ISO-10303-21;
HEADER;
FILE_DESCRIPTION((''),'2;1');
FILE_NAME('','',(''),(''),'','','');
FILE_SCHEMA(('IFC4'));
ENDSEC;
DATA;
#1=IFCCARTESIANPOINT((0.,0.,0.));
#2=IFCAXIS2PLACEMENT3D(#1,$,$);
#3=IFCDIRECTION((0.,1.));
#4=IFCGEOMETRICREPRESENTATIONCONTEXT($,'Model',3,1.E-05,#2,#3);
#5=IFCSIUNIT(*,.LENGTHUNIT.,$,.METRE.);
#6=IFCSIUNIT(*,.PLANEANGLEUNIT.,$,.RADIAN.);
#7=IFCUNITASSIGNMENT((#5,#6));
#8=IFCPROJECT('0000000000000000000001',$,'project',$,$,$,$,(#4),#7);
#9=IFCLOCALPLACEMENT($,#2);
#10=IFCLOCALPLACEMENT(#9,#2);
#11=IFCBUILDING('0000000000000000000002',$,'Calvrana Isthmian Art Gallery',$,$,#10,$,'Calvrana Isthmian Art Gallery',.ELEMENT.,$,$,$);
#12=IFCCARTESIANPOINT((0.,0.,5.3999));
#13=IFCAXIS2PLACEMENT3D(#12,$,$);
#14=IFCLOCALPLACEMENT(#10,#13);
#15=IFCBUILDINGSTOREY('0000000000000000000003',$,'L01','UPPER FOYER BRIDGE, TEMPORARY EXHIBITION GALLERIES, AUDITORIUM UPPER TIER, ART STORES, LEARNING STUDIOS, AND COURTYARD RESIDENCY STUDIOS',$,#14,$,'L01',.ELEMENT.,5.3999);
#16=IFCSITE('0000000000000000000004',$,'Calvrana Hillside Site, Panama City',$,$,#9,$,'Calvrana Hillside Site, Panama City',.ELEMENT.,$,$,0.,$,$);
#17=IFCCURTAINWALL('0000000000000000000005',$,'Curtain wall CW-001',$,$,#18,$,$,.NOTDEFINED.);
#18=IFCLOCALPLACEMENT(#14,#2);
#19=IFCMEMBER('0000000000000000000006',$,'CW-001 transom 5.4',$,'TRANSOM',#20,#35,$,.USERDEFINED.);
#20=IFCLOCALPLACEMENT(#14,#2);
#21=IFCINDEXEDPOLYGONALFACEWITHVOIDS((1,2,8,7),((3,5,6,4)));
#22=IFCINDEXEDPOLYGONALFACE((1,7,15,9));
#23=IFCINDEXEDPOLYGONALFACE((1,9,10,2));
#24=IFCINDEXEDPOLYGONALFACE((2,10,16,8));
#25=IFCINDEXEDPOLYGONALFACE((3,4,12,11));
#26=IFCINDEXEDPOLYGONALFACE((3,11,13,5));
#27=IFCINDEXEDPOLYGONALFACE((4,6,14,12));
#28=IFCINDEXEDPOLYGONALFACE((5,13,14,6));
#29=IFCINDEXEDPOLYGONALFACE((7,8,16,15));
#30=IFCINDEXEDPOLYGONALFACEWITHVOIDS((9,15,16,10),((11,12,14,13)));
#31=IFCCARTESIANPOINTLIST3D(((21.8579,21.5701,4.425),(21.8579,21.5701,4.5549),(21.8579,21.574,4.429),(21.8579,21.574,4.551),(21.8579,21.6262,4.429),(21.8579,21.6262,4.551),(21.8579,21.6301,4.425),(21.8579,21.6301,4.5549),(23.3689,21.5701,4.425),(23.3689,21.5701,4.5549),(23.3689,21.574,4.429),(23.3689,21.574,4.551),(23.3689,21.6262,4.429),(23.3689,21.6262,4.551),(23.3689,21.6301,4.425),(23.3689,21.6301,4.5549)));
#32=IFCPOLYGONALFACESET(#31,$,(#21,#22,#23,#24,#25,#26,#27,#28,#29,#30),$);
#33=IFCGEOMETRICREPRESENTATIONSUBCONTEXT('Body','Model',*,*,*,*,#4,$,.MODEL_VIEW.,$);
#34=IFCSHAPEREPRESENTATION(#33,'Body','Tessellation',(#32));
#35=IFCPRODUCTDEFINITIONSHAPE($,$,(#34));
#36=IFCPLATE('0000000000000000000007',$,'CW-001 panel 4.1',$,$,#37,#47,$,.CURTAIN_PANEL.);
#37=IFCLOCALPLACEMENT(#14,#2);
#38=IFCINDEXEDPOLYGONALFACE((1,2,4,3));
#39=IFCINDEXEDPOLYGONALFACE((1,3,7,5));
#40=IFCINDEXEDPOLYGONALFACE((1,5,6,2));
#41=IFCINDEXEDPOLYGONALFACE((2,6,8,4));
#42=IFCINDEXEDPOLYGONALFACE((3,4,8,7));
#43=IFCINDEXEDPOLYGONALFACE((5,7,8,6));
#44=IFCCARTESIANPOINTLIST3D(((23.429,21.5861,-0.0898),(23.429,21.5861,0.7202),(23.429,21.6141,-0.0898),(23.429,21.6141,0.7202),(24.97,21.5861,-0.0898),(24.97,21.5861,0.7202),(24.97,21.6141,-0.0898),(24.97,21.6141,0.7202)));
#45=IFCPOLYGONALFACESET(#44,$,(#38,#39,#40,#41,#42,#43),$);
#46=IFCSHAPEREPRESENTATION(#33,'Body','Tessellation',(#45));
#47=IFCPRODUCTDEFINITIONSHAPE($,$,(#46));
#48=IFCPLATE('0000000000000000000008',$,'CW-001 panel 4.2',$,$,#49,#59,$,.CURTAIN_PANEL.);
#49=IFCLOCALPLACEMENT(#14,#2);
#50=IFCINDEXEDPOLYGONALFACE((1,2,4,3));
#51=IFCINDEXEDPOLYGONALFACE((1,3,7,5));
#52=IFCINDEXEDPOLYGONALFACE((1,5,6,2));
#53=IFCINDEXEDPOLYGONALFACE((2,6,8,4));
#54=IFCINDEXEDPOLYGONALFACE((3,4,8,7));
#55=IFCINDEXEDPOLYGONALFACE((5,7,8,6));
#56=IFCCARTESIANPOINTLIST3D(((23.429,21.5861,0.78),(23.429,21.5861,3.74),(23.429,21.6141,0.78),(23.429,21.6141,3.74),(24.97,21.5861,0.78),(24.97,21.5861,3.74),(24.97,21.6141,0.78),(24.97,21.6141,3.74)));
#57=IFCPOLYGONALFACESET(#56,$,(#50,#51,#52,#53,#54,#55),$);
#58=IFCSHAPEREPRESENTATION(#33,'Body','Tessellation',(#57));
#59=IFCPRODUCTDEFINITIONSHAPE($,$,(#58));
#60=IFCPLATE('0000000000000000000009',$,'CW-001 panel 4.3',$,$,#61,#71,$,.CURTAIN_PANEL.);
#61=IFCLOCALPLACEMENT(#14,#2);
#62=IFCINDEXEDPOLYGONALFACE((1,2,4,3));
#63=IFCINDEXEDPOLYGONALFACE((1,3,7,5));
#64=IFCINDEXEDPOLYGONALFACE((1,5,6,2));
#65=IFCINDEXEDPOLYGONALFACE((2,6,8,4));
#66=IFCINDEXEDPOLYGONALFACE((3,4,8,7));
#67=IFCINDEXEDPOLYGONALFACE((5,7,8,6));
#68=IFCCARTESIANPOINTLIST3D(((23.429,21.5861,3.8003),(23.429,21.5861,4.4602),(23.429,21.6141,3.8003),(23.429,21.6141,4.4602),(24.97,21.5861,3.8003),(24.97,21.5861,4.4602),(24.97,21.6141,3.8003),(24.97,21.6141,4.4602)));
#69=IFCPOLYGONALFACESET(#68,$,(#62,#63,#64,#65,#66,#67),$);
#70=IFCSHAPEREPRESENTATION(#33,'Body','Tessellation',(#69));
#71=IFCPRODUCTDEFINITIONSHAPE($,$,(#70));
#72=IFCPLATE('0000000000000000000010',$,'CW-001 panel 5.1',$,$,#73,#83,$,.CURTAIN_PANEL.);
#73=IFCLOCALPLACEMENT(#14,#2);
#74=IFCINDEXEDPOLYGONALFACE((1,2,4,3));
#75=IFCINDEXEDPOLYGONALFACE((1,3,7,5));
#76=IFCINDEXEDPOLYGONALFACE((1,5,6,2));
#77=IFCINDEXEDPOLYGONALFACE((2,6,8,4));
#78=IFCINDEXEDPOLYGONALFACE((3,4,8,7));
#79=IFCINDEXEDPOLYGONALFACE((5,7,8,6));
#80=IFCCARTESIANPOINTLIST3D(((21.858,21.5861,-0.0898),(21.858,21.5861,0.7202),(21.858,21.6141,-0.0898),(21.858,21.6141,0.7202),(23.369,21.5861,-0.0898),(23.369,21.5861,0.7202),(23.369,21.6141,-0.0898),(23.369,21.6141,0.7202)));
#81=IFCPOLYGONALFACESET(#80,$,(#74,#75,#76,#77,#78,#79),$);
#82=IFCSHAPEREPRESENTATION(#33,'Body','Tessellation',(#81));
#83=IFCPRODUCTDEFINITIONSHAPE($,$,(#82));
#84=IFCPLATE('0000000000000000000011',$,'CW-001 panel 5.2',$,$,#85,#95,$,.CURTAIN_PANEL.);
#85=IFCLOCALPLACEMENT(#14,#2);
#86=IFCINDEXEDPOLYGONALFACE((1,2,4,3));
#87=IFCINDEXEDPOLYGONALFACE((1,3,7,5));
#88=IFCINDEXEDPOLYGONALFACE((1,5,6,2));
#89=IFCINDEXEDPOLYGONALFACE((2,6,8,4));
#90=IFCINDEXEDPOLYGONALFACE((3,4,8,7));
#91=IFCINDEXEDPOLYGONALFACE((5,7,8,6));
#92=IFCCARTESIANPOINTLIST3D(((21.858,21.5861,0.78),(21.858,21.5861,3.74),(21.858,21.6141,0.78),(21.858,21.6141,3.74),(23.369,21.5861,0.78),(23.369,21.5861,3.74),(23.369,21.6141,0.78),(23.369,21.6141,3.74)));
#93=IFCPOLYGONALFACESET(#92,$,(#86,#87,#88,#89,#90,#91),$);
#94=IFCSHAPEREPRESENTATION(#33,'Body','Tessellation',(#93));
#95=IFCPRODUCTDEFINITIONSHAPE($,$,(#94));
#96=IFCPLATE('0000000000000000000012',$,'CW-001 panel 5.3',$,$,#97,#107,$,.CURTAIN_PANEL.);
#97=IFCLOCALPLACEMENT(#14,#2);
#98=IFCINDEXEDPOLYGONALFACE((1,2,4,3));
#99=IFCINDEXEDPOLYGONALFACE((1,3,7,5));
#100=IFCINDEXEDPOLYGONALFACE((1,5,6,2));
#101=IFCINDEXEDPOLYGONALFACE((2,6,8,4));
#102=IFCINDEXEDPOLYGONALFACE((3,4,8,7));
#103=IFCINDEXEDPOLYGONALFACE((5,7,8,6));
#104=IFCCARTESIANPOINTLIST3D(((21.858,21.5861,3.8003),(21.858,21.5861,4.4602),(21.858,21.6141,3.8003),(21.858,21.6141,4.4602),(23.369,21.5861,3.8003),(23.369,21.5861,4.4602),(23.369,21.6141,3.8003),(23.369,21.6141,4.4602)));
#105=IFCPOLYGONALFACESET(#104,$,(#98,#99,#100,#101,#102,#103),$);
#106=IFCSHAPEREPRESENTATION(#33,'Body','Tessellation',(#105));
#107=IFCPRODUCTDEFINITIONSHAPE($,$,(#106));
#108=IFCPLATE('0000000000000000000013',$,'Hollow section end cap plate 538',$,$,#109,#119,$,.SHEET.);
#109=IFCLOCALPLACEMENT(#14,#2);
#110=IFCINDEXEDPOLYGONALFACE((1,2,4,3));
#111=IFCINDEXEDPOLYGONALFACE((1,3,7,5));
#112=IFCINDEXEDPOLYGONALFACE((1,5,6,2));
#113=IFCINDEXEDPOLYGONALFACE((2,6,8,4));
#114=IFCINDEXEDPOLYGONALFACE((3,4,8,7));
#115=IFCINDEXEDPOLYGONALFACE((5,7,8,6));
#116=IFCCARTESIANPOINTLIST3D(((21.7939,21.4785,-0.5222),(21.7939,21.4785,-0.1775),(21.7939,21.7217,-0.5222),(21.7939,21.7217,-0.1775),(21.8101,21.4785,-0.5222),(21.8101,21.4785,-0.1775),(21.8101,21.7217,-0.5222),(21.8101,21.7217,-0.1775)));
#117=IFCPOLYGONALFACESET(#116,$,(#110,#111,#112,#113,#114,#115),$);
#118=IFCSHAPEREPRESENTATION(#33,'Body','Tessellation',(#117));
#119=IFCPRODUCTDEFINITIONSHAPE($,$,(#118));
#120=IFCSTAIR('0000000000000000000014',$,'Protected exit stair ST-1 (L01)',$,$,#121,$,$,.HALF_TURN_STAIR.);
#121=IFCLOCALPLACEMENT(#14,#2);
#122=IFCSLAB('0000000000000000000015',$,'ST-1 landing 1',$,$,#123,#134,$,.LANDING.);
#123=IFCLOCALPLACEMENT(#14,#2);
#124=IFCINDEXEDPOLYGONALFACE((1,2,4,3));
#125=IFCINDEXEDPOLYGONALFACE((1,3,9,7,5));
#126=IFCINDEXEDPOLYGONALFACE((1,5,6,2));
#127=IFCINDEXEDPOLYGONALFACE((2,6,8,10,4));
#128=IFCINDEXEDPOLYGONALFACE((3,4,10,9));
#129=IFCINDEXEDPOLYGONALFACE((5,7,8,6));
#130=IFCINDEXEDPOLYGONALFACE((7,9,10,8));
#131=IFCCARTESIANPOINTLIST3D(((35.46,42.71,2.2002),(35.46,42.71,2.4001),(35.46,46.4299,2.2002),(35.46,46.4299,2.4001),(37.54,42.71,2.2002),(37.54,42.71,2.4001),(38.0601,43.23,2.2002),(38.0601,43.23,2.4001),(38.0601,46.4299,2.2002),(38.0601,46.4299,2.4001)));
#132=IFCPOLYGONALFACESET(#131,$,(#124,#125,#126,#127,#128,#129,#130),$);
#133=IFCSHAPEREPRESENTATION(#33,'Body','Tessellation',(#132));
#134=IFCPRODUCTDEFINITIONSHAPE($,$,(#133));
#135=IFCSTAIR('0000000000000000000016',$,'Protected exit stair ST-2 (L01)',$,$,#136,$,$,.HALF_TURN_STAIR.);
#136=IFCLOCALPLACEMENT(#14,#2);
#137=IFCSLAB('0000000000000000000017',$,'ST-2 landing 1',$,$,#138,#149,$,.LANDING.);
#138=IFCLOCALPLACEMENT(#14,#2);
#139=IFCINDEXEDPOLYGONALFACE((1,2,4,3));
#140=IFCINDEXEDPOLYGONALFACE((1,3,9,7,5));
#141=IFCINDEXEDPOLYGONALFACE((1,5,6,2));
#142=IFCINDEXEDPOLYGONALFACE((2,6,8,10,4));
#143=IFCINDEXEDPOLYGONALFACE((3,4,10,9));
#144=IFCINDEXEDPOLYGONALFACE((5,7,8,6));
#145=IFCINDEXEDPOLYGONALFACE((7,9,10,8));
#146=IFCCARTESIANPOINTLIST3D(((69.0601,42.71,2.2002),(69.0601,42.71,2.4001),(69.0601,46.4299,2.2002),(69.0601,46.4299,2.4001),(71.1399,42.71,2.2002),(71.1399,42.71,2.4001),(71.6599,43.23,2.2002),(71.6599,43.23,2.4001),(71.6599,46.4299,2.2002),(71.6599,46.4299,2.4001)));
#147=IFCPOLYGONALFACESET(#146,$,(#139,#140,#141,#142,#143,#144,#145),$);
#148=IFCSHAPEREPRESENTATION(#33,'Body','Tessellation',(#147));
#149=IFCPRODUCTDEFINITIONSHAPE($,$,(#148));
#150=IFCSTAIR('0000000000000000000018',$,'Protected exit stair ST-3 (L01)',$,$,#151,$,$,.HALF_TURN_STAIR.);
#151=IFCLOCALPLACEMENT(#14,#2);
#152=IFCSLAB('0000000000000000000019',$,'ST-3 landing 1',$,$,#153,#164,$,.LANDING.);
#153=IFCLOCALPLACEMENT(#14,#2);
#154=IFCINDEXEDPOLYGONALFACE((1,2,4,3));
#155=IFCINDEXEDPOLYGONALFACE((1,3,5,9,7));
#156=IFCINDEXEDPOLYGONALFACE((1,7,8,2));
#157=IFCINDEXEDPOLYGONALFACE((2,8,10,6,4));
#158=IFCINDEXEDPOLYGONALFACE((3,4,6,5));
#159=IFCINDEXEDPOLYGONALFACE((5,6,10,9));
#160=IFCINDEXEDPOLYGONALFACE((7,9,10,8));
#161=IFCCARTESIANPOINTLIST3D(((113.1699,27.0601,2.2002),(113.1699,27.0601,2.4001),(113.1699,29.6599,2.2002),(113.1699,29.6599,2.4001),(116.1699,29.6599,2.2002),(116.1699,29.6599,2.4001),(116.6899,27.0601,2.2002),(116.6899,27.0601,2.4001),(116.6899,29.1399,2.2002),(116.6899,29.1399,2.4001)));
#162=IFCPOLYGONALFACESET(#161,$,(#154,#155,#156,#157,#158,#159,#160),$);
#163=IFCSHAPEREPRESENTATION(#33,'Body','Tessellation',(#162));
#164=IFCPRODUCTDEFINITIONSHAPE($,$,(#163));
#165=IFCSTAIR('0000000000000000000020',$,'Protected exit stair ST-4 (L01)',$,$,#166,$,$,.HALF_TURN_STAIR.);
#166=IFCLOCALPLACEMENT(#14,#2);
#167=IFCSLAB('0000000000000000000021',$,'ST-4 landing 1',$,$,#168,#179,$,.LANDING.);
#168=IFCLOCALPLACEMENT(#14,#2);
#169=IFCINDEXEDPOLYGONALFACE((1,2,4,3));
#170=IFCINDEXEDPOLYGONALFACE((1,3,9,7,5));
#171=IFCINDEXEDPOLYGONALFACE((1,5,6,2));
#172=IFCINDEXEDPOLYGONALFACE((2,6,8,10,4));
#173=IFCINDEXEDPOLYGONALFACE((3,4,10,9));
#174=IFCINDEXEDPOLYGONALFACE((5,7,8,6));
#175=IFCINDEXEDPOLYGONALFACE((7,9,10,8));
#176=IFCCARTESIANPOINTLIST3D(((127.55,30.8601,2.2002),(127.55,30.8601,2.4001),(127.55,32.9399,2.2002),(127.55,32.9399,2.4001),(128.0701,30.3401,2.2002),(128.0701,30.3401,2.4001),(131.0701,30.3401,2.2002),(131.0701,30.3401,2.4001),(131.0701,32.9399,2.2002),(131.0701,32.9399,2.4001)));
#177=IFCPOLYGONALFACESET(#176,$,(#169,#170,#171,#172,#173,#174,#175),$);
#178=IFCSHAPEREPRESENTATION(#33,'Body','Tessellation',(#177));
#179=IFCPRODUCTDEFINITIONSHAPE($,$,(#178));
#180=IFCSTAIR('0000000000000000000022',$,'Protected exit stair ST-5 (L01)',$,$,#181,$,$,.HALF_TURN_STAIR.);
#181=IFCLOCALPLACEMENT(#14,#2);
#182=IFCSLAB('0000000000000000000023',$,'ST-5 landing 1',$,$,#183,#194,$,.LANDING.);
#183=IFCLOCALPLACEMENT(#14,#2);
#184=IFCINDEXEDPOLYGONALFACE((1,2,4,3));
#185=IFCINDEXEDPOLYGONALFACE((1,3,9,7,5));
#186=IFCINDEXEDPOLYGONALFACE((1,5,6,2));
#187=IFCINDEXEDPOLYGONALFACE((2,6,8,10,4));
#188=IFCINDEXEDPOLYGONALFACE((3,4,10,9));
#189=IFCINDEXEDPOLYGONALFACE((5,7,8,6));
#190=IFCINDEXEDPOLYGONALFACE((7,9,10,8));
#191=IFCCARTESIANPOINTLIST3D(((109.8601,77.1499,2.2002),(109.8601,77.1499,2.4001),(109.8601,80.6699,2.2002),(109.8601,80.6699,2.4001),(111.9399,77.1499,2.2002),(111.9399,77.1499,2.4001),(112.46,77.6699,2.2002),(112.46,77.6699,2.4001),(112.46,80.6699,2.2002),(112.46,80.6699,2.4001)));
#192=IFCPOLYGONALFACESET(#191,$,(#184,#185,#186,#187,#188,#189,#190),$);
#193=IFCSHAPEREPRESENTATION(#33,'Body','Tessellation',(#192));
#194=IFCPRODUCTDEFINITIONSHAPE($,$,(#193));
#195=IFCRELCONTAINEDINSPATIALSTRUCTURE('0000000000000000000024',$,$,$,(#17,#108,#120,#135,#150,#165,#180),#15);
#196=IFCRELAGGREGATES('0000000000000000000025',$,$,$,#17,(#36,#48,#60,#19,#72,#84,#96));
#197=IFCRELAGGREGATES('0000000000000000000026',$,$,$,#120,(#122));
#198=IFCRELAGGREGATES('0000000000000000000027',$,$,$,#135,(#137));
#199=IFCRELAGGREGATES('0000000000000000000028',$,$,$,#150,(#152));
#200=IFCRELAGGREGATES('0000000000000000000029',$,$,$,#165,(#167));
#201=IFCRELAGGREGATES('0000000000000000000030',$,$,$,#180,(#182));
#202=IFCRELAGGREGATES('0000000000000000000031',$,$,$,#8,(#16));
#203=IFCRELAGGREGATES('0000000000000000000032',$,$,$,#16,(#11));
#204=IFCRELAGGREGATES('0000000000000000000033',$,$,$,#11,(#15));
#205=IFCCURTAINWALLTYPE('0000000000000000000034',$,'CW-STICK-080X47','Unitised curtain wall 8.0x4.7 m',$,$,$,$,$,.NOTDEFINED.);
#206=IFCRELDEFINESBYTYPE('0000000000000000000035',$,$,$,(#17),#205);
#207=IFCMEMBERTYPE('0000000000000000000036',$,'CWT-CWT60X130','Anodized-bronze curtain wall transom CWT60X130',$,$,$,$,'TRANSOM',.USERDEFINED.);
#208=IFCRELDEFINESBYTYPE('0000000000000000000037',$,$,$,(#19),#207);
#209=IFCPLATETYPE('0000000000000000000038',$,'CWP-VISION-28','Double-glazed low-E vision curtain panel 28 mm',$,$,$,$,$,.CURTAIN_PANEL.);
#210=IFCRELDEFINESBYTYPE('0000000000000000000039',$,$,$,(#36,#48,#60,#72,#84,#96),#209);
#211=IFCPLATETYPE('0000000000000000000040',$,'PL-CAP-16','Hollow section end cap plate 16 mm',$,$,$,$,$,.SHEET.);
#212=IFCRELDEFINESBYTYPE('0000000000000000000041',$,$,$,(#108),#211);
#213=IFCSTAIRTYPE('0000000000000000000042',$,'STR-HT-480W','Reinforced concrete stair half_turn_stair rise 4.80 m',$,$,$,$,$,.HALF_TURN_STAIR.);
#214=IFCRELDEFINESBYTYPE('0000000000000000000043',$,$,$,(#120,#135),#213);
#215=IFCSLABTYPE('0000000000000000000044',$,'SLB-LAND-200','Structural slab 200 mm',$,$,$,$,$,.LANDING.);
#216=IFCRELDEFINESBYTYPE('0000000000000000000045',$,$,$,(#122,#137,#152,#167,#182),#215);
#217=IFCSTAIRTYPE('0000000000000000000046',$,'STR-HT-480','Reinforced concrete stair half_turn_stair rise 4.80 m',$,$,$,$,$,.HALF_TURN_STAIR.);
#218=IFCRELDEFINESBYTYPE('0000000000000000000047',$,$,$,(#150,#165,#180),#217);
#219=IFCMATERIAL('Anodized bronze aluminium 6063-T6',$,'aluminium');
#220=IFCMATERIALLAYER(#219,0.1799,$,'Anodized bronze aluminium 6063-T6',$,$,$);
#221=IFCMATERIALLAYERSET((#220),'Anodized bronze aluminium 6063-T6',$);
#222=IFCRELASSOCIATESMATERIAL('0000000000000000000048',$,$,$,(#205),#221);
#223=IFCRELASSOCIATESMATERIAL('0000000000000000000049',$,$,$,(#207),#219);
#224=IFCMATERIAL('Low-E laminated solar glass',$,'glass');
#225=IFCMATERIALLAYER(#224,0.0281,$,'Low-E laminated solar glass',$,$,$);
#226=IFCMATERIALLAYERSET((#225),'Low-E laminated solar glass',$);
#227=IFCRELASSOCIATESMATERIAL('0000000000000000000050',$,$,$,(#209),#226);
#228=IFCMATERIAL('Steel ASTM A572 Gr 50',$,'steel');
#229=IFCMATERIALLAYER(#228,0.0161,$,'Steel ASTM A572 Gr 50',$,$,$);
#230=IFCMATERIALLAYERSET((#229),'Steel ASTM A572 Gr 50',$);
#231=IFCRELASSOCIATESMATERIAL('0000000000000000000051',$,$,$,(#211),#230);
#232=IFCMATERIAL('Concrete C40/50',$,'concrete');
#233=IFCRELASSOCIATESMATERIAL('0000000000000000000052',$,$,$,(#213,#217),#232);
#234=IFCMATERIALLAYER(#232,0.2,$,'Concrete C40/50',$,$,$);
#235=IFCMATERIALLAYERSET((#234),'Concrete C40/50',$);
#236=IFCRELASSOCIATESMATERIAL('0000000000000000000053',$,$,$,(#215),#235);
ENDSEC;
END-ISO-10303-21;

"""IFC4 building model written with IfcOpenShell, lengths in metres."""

from ifc_helpers import new_model, si_unit, direction, frame, origin, origin_2d, place, context, subcontext, project, spatial, polyline, rectangle, hollow_rectangle, outline, extrude, material, layer, layer_set, material_profile, profile_set, type_object, element, aggregate, save


model = new_model("IFC4")

# Units and contexts
model_context = context("Model", 3, precision=1e-05, world=origin(), true_north=direction((0.0, 1.0)))
body_context = subcontext(model_context, "Body", "Model", "MODEL_VIEW")
ifc_project = project(units=[si_unit("LENGTHUNIT", "METRE"), si_unit("PLANEANGLEUNIT", "RADIAN")], contexts=[model_context])

# Site, building, storey
site_placement = place(None, origin())
site = spatial("IfcSite", under=ifc_project, at=site_placement, Name="Calvrana Hillside Site, Panama City", LongName="Calvrana Hillside Site, Panama City", CompositionType="ELEMENT", RefElevation=0.0)
building_placement = place(site_placement, origin())
building = spatial("IfcBuilding", under=site, at=building_placement, Name="Calvrana Isthmian Art Gallery", LongName="Calvrana Isthmian Art Gallery", CompositionType="ELEMENT")
storey_placement = place(building_placement, frame((0.0, 0.0, 5.3999)))
storey = spatial("IfcBuildingStorey", under=building, at=storey_placement, Name="L01", Description="UPPER FOYER BRIDGE, TEMPORARY EXHIBITION GALLERIES, AUDITORIUM UPPER TIER, ART STORES, LEARNING STUDIOS, AND COURTYARD RESIDENCY STUDIOS", LongName="L01", CompositionType="ELEMENT", Elevation=5.3999)

# Curtain wall, member, plates
ifc_material_1 = material(Name="Anodized bronze aluminium 6063-T6", Category="aluminium")
ifc_layer_1 = layer(ifc_material_1, 0.1799, Name="Anodized bronze aluminium 6063-T6")
ifc_layer_set_1 = layer_set([ifc_layer_1], Name="Anodized bronze aluminium 6063-T6")
curtain_wall_type = type_object("IfcCurtainWallType", Name="CW-STICK-080X47", Description="Unitised curtain wall 8.0x4.7 m", PredefinedType="NOTDEFINED", material=ifc_layer_set_1)
curtain_wall_placement = place(storey_placement, origin())
curtain_wall = element("IfcCurtainWall", 1, at=curtain_wall_placement, inside=storey, type_object=curtain_wall_type, Name="Curtain wall CW-001", PredefinedType="NOTDEFINED")
ifc_material_profile_1 = material_profile(ifc_material_1, hollow_rectangle(XDim=0.0601, YDim=0.1299, WallThickness=0.0039, at=origin_2d()), Name="CWT60X130")
ifc_profile_set_1 = profile_set([ifc_material_profile_1], Name="Anodized bronze aluminium 6063-T6")
member_type_1 = type_object("IfcMemberType", Name="CWT-CWT60X130", Description="Anodized-bronze curtain wall transom CWT60X130", ElementType="TRANSOM", PredefinedType="USERDEFINED", material=ifc_profile_set_1)
member_1_placement = place(storey_placement, frame((23.3689, 21.6001, 4.49), z_axis=(-1.0, 0.0, 0.0), x_axis=(0.0, -1.0, 0.0)))
member_1 = element("IfcMember", 2, at=member_1_placement, type_object=member_type_1, Name="CW-001 transom 5.4", ObjectType="TRANSOM", PredefinedType="USERDEFINED", context=body_context, shape_type="SweptSolid", body=[
    extrude(hollow_rectangle(XDim=0.0601, YDim=0.1299, WallThickness=0.0039, at=origin_2d()), origin(), (0.0, 0.0, 1.0), 1.511),
])
ifc_material_2 = material(Name="Low-E laminated solar glass", Category="glass")
ifc_layer_2 = layer(ifc_material_2, 0.0281, Name="Low-E laminated solar glass")
ifc_layer_set_2 = layer_set([ifc_layer_2], Name="Low-E laminated solar glass")
plate_type_1 = type_object("IfcPlateType", Name="CWP-VISION-28", Description="Double-glazed low-E vision curtain panel 28 mm", PredefinedType="CURTAIN_PANEL", material=ifc_layer_set_2)
plate_1_placement = place(storey_placement, frame((24.1995, 21.6001, -0.0898), z_axis=(0.0, 0.0, 1.0), x_axis=(-1.0, 0.0, 0.0)))
plate_1 = element("IfcPlate", 3, at=plate_1_placement, type_object=plate_type_1, Name="CW-001 panel 4.1", PredefinedType="CURTAIN_PANEL", context=body_context, shape_type="SweptSolid", body=[
    extrude(rectangle(XDim=1.541, YDim=0.0281, at=origin_2d()), origin(), (0.0, 0.0, 1.0), 0.8101),
])
plate_2_placement = place(storey_placement, frame((24.1995, 21.6001, 0.78), z_axis=(0.0, 0.0, 1.0), x_axis=(-1.0, 0.0, 0.0)))
plate_2 = element("IfcPlate", 4, at=plate_2_placement, type_object=plate_type_1, Name="CW-001 panel 4.2", PredefinedType="CURTAIN_PANEL", context=body_context, shape_type="SweptSolid", body=[
    extrude(rectangle(XDim=1.541, YDim=0.0281, at=origin_2d()), origin(), (0.0, 0.0, 1.0), 2.96),
])
plate_3_placement = place(storey_placement, frame((24.1995, 21.6001, 3.8003), z_axis=(0.0, 0.0, 1.0), x_axis=(-1.0, 0.0, 0.0)))
plate_3 = element("IfcPlate", 5, at=plate_3_placement, type_object=plate_type_1, Name="CW-001 panel 4.3", PredefinedType="CURTAIN_PANEL", context=body_context, shape_type="SweptSolid", body=[
    extrude(rectangle(XDim=1.541, YDim=0.0281, at=origin_2d()), origin(), (0.0, 0.0, 1.0), 0.6599),
])
plate_4_placement = place(storey_placement, frame((22.6135, 21.6001, -0.0898), z_axis=(0.0, 0.0, 1.0), x_axis=(-1.0, 0.0, 0.0)))
plate_4 = element("IfcPlate", 6, at=plate_4_placement, type_object=plate_type_1, Name="CW-001 panel 5.1", PredefinedType="CURTAIN_PANEL", context=body_context, shape_type="SweptSolid", body=[
    extrude(rectangle(XDim=1.511, YDim=0.0281, at=origin_2d()), origin(), (0.0, 0.0, 1.0), 0.8101),
])
plate_5_placement = place(storey_placement, frame((22.6135, 21.6001, 0.78), z_axis=(0.0, 0.0, 1.0), x_axis=(-1.0, 0.0, 0.0)))
plate_5 = element("IfcPlate", 7, at=plate_5_placement, type_object=plate_type_1, Name="CW-001 panel 5.2", PredefinedType="CURTAIN_PANEL", context=body_context, shape_type="SweptSolid", body=[
    extrude(rectangle(XDim=1.511, YDim=0.0281, at=origin_2d()), origin(), (0.0, 0.0, 1.0), 2.96),
])
plate_6_placement = place(storey_placement, frame((22.6135, 21.6001, 3.8003), z_axis=(0.0, 0.0, 1.0), x_axis=(-1.0, 0.0, 0.0)))
plate_6 = element("IfcPlate", 8, at=plate_6_placement, type_object=plate_type_1, Name="CW-001 panel 5.3", PredefinedType="CURTAIN_PANEL", context=body_context, shape_type="SweptSolid", body=[
    extrude(rectangle(XDim=1.511, YDim=0.0281, at=origin_2d()), origin(), (0.0, 0.0, 1.0), 0.6599),
])
aggregate(curtain_wall, [plate_1, plate_2, plate_3, member_1, plate_4, plate_5, plate_6])

# Plate
ifc_material_3 = material(Name="Steel ASTM A572 Gr 50", Category="steel")
ifc_layer_3 = layer(ifc_material_3, 0.0161, Name="Steel ASTM A572 Gr 50")
ifc_layer_set_3 = layer_set([ifc_layer_3], Name="Steel ASTM A572 Gr 50")
plate_type_2 = type_object("IfcPlateType", Name="PL-CAP-16", Description="Hollow section end cap plate 16 mm", PredefinedType="SHEET", material=ifc_layer_set_3)
plate_7_placement = place(storey_placement, frame((21.802, 21.6001, -0.5222), z_axis=(0.0, 0.0, 1.0), x_axis=(1.0, 0.0, 0.0)))
element("IfcPlate", 9, at=plate_7_placement, inside=storey, type_object=plate_type_2, Name="Hollow section end cap plate 538", PredefinedType="SHEET", context=body_context, shape_type="SweptSolid", body=[
    extrude(rectangle(XDim=0.0161, YDim=0.2432, at=origin_2d()), origin(), (0.0, 0.0, 1.0), 0.3447),
])

# Stairs, slabs
ifc_material_4 = material(Name="Concrete C40/50", Category="concrete")
stair_type_1 = type_object("IfcStairType", Name="STR-HT-480W", Description="Reinforced concrete stair half_turn_stair rise 4.80 m", PredefinedType="HALF_TURN_STAIR", material=ifc_material_4)
stair_1_placement = place(storey_placement, origin())
stair_1 = element("IfcStair", 10, at=stair_1_placement, inside=storey, type_object=stair_type_1, Name="Protected exit stair ST-1 (L01)", PredefinedType="HALF_TURN_STAIR")
ifc_layer_4 = layer(ifc_material_4, 0.2, Name="Concrete C40/50")
ifc_layer_set_4 = layer_set([ifc_layer_4], Name="Concrete C40/50")
slab_type = type_object("IfcSlabType", Name="SLB-LAND-200", Description="Structural slab 200 mm", PredefinedType="LANDING", material=ifc_layer_set_4)
slab_1_placement = place(storey_placement, frame((0.0, 0.0, 2.2002)))
slab_1 = element("IfcSlab", 11, at=slab_1_placement, type_object=slab_type, Name="ST-1 landing 1", PredefinedType="LANDING", context=body_context, shape_type="SweptSolid", body=[
    extrude(outline(polyline([(35.46, 42.71), (37.54, 42.71), (38.0601, 43.23), (38.0601, 46.4299), (35.46, 46.4299), (35.46, 42.71)])), origin(), (0.0, 0.0, 1.0), 0.2),
])
aggregate(stair_1, [slab_1])
stair_2_placement = place(storey_placement, origin())
stair_2 = element("IfcStair", 12, at=stair_2_placement, inside=storey, type_object=stair_type_1, Name="Protected exit stair ST-2 (L01)", PredefinedType="HALF_TURN_STAIR")
slab_2_placement = place(storey_placement, frame((0.0, 0.0, 2.2002)))
slab_2 = element("IfcSlab", 13, at=slab_2_placement, type_object=slab_type, Name="ST-2 landing 1", PredefinedType="LANDING", context=body_context, shape_type="SweptSolid", body=[
    extrude(outline(polyline([(69.0601, 42.71), (71.1399, 42.71), (71.6599, 43.23), (71.6599, 46.4299), (69.0601, 46.4299), (69.0601, 42.71)])), origin(), (0.0, 0.0, 1.0), 0.2),
])
aggregate(stair_2, [slab_2])
stair_type_2 = type_object("IfcStairType", Name="STR-HT-480", Description="Reinforced concrete stair half_turn_stair rise 4.80 m", PredefinedType="HALF_TURN_STAIR", material=ifc_material_4)
stair_3_placement = place(storey_placement, origin())
stair_3 = element("IfcStair", 14, at=stair_3_placement, inside=storey, type_object=stair_type_2, Name="Protected exit stair ST-3 (L01)", PredefinedType="HALF_TURN_STAIR")
slab_3_placement = place(storey_placement, frame((0.0, 0.0, 2.2002)))
slab_3 = element("IfcSlab", 15, at=slab_3_placement, type_object=slab_type, Name="ST-3 landing 1", PredefinedType="LANDING", context=body_context, shape_type="SweptSolid", body=[
    extrude(outline(polyline([(116.6899, 27.0601), (116.6899, 29.1399), (116.1699, 29.6599), (113.1699, 29.6599), (113.1699, 27.0601), (116.6899, 27.0601)])), origin(), (0.0, 0.0, 1.0), 0.2),
])
aggregate(stair_3, [slab_3])
stair_4_placement = place(storey_placement, origin())
stair_4 = element("IfcStair", 16, at=stair_4_placement, inside=storey, type_object=stair_type_2, Name="Protected exit stair ST-4 (L01)", PredefinedType="HALF_TURN_STAIR")
slab_4_placement = place(storey_placement, frame((0.0, 0.0, 2.2002)))
slab_4 = element("IfcSlab", 17, at=slab_4_placement, type_object=slab_type, Name="ST-4 landing 1", PredefinedType="LANDING", context=body_context, shape_type="SweptSolid", body=[
    extrude(outline(polyline([(127.55, 32.9399), (127.55, 30.8601), (128.0701, 30.3401), (131.0701, 30.3401), (131.0701, 32.9399), (127.55, 32.9399)])), origin(), (0.0, 0.0, 1.0), 0.2),
])
aggregate(stair_4, [slab_4])
stair_5_placement = place(storey_placement, origin())
stair_5 = element("IfcStair", 18, at=stair_5_placement, inside=storey, type_object=stair_type_2, Name="Protected exit stair ST-5 (L01)", PredefinedType="HALF_TURN_STAIR")
slab_5_placement = place(storey_placement, frame((0.0, 0.0, 2.2002)))
slab_5 = element("IfcSlab", 19, at=slab_5_placement, type_object=slab_type, Name="ST-5 landing 1", PredefinedType="LANDING", context=body_context, shape_type="SweptSolid", body=[
    extrude(outline(polyline([(109.8601, 77.1499), (111.9399, 77.1499), (112.46, 77.6699), (112.46, 80.6699), (109.8601, 80.6699), (109.8601, 77.1499)])), origin(), (0.0, 0.0, 1.0), 0.2),
])
aggregate(stair_5, [slab_5])

save(model, "model.ifc")
